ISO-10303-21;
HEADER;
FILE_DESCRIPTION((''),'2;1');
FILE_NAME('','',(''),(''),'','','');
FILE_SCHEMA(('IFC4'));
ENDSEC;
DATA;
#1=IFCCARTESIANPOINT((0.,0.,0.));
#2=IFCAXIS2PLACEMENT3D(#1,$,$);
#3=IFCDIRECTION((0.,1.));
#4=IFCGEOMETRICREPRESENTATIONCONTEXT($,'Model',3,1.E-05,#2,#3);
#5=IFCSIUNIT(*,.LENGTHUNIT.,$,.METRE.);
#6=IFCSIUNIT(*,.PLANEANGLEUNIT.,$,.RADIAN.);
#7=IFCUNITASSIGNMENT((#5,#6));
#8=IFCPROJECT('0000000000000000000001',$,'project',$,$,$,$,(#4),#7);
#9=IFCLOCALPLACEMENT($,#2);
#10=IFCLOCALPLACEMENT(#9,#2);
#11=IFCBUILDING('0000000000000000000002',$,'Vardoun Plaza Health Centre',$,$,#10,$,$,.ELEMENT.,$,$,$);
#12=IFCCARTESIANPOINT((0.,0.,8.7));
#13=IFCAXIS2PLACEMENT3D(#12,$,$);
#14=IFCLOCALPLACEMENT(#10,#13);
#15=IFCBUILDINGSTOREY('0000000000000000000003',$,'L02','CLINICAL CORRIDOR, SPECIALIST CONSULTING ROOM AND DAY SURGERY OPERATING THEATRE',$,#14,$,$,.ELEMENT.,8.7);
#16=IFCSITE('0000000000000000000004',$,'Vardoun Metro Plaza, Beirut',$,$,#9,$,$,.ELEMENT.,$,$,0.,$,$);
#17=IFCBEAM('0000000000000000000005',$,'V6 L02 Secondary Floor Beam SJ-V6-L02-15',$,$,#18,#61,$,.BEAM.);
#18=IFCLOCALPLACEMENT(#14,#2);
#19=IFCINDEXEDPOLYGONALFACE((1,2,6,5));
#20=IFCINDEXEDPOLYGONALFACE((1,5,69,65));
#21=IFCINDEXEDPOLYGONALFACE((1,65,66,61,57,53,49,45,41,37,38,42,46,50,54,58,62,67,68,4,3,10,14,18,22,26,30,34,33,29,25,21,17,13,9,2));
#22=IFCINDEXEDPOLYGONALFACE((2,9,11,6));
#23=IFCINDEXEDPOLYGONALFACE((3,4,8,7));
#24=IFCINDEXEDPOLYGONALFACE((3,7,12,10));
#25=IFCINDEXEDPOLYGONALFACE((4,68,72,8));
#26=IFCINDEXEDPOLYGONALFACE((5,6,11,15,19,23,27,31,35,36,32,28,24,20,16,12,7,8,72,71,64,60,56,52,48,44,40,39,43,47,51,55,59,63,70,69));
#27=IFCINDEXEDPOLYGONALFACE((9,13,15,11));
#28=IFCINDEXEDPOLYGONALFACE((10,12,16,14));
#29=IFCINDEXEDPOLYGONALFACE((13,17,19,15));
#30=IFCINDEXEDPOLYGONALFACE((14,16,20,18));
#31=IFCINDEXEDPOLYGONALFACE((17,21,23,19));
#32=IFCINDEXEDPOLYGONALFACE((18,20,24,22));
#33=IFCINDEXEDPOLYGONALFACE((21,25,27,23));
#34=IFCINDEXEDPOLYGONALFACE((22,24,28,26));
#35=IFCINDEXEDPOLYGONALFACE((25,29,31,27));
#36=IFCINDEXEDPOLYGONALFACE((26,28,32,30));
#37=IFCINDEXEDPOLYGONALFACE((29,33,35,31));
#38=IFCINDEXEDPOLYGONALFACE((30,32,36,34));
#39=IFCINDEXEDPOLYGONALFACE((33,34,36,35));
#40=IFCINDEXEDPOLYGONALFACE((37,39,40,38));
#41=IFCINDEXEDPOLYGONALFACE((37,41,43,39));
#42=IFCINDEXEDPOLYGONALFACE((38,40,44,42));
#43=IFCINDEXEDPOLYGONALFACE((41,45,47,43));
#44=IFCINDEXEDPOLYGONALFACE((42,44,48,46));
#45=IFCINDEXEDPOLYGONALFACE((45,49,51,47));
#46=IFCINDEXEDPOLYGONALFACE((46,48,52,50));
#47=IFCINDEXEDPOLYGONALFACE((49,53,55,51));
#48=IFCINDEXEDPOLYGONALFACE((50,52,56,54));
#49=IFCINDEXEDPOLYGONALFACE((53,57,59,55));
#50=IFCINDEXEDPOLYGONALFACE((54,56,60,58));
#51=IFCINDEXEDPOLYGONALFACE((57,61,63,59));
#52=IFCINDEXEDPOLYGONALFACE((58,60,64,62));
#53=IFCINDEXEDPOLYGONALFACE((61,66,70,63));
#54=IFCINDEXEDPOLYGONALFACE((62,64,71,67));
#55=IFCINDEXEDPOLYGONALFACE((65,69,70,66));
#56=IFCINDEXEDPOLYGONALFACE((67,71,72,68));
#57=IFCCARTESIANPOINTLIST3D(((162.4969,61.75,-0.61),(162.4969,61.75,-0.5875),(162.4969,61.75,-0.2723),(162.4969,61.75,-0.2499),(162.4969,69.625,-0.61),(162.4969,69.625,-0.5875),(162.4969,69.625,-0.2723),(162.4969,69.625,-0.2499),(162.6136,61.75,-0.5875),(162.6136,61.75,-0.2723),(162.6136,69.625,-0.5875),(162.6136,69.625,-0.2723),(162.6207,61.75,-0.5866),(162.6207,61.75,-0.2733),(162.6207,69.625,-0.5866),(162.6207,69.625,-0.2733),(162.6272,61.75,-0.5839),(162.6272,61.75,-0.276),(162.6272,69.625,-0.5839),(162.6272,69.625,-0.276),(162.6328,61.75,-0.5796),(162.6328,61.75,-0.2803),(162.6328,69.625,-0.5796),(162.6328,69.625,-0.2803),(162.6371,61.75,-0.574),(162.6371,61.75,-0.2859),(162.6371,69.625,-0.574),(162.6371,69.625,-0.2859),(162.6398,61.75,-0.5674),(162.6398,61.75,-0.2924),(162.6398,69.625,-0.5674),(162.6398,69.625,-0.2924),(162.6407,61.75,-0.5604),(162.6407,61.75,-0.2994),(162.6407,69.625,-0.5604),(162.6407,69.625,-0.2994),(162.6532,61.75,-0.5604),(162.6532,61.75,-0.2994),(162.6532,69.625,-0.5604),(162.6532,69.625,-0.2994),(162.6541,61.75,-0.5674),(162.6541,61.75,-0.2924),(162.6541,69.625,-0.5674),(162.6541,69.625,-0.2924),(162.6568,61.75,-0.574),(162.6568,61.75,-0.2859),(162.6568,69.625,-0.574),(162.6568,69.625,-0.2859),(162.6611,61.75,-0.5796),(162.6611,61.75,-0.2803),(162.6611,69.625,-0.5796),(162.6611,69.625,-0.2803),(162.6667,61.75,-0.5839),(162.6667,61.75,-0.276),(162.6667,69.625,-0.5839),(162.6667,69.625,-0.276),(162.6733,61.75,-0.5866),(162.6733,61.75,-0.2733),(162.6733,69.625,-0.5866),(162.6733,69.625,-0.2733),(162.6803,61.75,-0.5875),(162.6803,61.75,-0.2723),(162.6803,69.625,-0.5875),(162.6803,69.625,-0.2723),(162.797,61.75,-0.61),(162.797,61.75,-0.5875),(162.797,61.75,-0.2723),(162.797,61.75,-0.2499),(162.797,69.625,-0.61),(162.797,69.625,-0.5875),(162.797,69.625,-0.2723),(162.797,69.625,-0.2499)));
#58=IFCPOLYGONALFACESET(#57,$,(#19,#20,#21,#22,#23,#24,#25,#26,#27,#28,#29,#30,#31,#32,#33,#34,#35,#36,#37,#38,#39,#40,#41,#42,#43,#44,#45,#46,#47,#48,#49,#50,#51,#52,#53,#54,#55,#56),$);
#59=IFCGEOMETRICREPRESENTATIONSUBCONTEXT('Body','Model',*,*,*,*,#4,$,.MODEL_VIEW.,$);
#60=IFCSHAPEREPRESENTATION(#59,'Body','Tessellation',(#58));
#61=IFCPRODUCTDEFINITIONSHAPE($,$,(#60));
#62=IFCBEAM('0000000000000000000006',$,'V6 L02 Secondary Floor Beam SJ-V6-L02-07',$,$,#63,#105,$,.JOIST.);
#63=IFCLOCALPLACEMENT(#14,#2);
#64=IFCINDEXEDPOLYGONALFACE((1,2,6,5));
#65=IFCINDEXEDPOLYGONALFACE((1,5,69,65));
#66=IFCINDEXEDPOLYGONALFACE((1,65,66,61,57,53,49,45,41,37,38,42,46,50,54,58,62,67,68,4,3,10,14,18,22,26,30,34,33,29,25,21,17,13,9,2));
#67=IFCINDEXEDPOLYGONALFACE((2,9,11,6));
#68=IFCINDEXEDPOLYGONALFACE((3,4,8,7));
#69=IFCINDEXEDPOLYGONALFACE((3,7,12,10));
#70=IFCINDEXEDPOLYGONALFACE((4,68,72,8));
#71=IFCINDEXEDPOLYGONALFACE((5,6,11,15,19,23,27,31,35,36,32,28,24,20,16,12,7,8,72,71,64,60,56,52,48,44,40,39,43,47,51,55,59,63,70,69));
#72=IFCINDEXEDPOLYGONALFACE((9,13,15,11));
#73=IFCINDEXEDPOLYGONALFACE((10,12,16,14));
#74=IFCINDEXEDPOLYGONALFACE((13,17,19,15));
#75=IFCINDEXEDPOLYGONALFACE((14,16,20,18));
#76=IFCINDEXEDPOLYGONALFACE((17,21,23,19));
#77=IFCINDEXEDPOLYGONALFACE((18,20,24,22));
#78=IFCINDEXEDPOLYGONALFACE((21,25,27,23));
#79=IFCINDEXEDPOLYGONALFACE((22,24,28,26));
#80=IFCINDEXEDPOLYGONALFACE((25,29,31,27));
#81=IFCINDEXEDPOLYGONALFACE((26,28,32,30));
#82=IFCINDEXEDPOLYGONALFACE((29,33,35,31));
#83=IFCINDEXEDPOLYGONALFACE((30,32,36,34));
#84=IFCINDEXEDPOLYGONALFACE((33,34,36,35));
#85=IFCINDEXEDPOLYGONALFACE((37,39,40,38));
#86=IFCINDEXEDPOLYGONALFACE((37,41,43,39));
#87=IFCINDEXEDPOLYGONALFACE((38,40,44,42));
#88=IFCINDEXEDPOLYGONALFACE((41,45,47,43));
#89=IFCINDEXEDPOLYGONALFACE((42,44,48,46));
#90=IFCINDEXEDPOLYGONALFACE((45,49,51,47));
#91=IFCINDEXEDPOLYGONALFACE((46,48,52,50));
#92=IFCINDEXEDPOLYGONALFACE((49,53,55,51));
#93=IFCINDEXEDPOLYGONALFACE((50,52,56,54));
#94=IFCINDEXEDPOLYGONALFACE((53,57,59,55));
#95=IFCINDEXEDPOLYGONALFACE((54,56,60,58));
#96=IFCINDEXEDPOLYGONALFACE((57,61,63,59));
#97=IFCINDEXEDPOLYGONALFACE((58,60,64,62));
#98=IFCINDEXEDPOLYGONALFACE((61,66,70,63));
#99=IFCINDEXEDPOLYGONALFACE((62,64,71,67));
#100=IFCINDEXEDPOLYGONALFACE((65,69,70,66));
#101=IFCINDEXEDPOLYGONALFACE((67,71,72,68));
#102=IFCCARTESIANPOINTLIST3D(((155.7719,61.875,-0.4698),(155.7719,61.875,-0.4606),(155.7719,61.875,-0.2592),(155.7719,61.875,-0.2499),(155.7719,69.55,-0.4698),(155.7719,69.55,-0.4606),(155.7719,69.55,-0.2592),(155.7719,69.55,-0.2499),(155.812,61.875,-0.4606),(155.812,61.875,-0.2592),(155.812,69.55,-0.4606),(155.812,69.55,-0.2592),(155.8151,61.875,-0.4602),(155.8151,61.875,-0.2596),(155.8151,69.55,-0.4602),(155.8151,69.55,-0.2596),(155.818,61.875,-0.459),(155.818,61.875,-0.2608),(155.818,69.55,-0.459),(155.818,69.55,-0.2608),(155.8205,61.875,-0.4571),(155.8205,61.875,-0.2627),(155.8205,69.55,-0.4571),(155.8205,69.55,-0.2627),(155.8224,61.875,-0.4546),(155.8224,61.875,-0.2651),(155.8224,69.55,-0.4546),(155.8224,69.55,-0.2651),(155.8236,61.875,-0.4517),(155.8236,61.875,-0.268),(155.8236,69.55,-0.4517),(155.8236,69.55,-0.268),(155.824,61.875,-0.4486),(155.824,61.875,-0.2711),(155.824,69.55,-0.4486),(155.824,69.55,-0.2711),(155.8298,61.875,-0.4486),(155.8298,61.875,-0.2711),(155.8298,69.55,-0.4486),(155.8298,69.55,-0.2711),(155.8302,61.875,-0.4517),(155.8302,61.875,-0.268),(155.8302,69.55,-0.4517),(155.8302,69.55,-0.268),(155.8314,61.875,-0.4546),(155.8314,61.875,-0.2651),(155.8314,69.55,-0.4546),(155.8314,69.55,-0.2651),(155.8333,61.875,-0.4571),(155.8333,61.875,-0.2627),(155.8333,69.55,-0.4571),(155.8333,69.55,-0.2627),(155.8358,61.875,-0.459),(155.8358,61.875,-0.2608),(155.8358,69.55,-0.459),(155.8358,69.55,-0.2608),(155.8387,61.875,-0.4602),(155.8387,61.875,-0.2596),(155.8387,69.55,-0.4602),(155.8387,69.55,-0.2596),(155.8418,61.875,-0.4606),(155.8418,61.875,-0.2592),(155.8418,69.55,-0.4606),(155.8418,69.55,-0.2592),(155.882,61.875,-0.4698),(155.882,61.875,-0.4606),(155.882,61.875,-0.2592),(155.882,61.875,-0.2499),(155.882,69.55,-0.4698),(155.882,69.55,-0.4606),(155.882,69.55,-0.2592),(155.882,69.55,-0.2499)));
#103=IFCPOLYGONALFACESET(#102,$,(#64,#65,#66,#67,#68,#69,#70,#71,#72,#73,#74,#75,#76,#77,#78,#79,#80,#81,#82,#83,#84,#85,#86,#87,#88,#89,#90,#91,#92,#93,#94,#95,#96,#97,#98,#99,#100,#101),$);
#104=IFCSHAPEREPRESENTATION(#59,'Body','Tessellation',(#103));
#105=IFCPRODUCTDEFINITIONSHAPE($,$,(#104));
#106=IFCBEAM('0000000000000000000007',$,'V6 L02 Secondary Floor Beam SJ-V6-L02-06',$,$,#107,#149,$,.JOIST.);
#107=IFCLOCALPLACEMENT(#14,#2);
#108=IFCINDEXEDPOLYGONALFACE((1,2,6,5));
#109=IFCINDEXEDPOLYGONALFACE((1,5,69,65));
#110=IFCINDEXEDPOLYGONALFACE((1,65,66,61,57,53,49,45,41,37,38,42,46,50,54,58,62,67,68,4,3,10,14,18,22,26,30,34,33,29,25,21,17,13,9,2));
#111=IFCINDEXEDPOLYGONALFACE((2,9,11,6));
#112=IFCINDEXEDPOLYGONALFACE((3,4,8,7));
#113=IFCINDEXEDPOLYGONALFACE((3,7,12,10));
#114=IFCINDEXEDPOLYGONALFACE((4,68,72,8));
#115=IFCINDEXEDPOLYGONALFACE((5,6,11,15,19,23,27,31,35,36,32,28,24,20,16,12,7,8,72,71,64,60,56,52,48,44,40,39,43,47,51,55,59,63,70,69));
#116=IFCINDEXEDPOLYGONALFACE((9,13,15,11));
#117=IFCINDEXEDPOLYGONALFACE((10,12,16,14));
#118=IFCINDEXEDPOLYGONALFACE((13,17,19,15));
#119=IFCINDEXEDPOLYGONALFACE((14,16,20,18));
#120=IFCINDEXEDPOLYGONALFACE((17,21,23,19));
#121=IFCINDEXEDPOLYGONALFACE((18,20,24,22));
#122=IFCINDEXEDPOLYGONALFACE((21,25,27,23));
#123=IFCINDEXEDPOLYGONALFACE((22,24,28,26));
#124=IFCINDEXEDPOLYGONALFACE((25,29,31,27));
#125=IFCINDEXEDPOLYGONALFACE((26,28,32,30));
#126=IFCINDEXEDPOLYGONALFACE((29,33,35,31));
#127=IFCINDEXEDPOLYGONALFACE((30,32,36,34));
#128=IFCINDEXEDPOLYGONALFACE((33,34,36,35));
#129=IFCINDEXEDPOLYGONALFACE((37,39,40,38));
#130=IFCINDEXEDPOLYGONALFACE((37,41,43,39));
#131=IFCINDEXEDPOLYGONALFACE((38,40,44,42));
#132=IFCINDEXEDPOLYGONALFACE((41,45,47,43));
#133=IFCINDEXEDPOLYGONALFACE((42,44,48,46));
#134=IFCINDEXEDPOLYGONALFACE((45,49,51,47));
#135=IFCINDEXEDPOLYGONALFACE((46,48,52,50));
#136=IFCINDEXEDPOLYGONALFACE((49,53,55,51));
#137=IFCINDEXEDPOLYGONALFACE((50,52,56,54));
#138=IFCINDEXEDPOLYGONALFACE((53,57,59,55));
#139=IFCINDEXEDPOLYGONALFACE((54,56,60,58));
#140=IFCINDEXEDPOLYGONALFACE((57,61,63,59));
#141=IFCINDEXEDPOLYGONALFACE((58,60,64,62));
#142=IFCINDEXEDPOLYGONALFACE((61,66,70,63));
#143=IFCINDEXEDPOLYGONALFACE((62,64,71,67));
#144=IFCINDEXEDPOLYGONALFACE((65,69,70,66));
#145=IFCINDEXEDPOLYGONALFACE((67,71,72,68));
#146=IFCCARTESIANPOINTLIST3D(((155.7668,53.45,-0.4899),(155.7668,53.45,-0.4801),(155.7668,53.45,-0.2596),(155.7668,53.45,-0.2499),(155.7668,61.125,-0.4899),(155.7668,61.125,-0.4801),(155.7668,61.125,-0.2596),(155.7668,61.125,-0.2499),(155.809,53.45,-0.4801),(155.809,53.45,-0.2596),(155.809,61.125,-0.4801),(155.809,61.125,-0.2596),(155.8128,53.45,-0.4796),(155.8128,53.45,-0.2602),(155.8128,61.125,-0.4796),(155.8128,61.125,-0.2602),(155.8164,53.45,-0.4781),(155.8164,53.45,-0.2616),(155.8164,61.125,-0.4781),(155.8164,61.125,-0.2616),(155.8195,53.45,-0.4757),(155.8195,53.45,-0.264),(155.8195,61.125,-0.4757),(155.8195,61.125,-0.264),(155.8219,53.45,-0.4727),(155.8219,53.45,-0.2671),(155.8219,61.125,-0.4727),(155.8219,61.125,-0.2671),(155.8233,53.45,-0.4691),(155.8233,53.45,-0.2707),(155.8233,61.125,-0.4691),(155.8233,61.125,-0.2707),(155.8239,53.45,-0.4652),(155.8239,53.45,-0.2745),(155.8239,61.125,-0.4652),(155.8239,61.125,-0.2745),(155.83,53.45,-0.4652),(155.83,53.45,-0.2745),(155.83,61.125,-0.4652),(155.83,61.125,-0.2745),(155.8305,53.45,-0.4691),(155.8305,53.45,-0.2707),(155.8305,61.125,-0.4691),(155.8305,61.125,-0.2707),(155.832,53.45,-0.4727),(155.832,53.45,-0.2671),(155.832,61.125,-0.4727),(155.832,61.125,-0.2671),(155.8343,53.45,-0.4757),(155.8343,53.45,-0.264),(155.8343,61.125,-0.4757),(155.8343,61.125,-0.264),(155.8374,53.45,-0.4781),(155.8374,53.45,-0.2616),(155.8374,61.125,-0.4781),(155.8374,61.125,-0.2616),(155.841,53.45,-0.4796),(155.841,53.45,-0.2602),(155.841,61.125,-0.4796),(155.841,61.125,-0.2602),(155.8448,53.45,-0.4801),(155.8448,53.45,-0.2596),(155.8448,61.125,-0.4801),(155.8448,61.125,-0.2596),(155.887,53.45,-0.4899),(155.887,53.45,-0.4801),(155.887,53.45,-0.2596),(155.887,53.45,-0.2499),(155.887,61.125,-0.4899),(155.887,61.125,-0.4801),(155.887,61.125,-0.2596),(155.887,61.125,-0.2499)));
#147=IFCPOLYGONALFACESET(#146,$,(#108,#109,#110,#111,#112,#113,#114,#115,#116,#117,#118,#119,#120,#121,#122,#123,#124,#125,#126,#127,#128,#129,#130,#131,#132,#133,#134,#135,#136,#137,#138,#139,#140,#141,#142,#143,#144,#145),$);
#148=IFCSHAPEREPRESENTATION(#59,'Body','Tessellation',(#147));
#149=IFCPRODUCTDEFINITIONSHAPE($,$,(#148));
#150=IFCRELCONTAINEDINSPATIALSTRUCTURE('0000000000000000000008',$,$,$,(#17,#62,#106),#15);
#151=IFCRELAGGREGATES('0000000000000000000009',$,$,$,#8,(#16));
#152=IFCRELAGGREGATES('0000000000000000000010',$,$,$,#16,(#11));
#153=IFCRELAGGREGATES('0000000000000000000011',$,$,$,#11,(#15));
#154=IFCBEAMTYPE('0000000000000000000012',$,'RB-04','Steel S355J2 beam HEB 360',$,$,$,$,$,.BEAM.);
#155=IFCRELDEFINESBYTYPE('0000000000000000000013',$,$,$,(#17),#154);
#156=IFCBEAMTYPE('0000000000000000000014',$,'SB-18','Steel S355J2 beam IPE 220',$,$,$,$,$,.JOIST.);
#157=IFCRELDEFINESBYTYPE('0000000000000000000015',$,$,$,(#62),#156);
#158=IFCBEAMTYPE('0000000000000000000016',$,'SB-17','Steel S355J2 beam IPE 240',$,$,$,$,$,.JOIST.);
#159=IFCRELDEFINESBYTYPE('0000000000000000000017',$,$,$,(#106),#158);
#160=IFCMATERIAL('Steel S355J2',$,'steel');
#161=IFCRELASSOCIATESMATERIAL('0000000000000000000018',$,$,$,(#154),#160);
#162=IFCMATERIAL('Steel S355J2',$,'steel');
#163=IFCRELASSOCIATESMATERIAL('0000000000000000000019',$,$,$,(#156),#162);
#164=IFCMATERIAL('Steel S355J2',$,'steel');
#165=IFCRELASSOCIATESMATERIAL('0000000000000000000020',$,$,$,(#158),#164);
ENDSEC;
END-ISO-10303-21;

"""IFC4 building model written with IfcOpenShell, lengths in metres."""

from ifc_helpers import new_model, si_unit, direction, frame, origin, origin_2d, place, context, subcontext, project, spatial, i_section, extrude, material, material_profile, profile_set, type_object, element, save


model = new_model("IFC4")

# Units and contexts
model_context = context("Model", 3, precision=1e-05, world=origin(), true_north=direction((0.0, 1.0)))
body_context = subcontext(model_context, "Body", "Model", "MODEL_VIEW")
ifc_project = project(units=[si_unit("LENGTHUNIT", "METRE"), si_unit("PLANEANGLEUNIT", "RADIAN")], contexts=[model_context])

# Site, building, storey
site_placement = place(None, origin())
site = spatial("IfcSite", under=ifc_project, at=site_placement, Name="Vardoun Metro Plaza, Beirut", CompositionType="ELEMENT", RefElevation=0.0)
building_placement = place(site_placement, origin())
building = spatial("IfcBuilding", under=site, at=building_placement, Name="Vardoun Plaza Health Centre", CompositionType="ELEMENT")
storey_placement = place(building_placement, frame((0.0, 0.0, 8.7)))
storey = spatial("IfcBuildingStorey", under=building, at=storey_placement, Name="L02", Description="CLINICAL CORRIDOR, SPECIALIST CONSULTING ROOM AND DAY SURGERY OPERATING THEATRE", CompositionType="ELEMENT", Elevation=8.7)

# Beams
ifc_material_1 = material(Name="Steel S355J2", Category="steel")
ifc_material_profile_1 = material_profile(ifc_material_1, i_section(OverallWidth=0.3, OverallDepth=0.3601, WebThickness=0.0125, FlangeThickness=0.0225, FilletRadius=0.0271, at=origin_2d()), Name="HEB 360")
ifc_profile_set_1 = profile_set([ifc_material_profile_1], Name="Steel S355J2")
beam_type_1 = type_object("IfcBeamType", Name="RB-04", Description="Steel S355J2 beam HEB 360", PredefinedType="BEAM", material=ifc_profile_set_1)
beam_1_placement = place(storey_placement, frame((162.647, 61.75, -0.4299), z_axis=(0.0, 1.0, 0.0), x_axis=(-1.0, 0.0, 0.0)))
element("IfcBeam", 1, at=beam_1_placement, inside=storey, type_object=beam_type_1, Name="V6 L02 Secondary Floor Beam SJ-V6-L02-15", PredefinedType="BEAM", context=body_context, shape_type="SweptSolid", body=[
    extrude(i_section(OverallWidth=0.3, OverallDepth=0.3601, WebThickness=0.0125, FlangeThickness=0.0225, FilletRadius=0.0271, at=origin_2d()), origin(), (0.0, 0.0, 1.0), 7.875),
])
ifc_material_2 = material(Name="Steel S355J2", Category="steel")
ifc_material_profile_2 = material_profile(ifc_material_2, i_section(OverallWidth=0.1101, OverallDepth=0.22, WebThickness=0.0059, FlangeThickness=0.0093, FilletRadius=0.012, at=origin_2d()), Name="IPE 220")
ifc_profile_set_2 = profile_set([ifc_material_profile_2], Name="Steel S355J2")
beam_type_2 = type_object("IfcBeamType", Name="SB-18", Description="Steel S355J2 beam IPE 220", PredefinedType="JOIST", material=ifc_profile_set_2)
beam_2_placement = place(storey_placement, frame((155.8269, 61.875, -0.3599), z_axis=(0.0, 1.0, 0.0), x_axis=(-1.0, 0.0, 0.0)))
element("IfcBeam", 2, at=beam_2_placement, inside=storey, type_object=beam_type_2, Name="V6 L02 Secondary Floor Beam SJ-V6-L02-07", PredefinedType="JOIST", context=body_context, shape_type="SweptSolid", body=[
    extrude(i_section(OverallWidth=0.1101, OverallDepth=0.22, WebThickness=0.0059, FlangeThickness=0.0093, FilletRadius=0.012, at=origin_2d()), origin(), (0.0, 0.0, 1.0), 7.675),
])
ifc_material_3 = material(Name="Steel S355J2", Category="steel")
ifc_material_profile_3 = material_profile(ifc_material_3, i_section(OverallWidth=0.1201, OverallDepth=0.24, WebThickness=0.0061, FlangeThickness=0.0098, FilletRadius=0.0149, at=origin_2d()), Name="IPE 240")
ifc_profile_set_3 = profile_set([ifc_material_profile_3], Name="Steel S355J2")
beam_type_3 = type_object("IfcBeamType", Name="SB-17", Description="Steel S355J2 beam IPE 240", PredefinedType="JOIST", material=ifc_profile_set_3)
beam_3_placement = place(storey_placement, frame((155.8269, 53.45, -0.3699), z_axis=(0.0, 1.0, 0.0), x_axis=(-1.0, 0.0, 0.0)))
element("IfcBeam", 3, at=beam_3_placement, inside=storey, type_object=beam_type_3, Name="V6 L02 Secondary Floor Beam SJ-V6-L02-06", PredefinedType="JOIST", context=body_context, shape_type="SweptSolid", body=[
    extrude(i_section(OverallWidth=0.1201, OverallDepth=0.24, WebThickness=0.0061, FlangeThickness=0.0098, FilletRadius=0.0149, at=origin_2d()), origin(), (0.0, 0.0, 1.0), 7.675),
])

save(model, "model.ifc")
